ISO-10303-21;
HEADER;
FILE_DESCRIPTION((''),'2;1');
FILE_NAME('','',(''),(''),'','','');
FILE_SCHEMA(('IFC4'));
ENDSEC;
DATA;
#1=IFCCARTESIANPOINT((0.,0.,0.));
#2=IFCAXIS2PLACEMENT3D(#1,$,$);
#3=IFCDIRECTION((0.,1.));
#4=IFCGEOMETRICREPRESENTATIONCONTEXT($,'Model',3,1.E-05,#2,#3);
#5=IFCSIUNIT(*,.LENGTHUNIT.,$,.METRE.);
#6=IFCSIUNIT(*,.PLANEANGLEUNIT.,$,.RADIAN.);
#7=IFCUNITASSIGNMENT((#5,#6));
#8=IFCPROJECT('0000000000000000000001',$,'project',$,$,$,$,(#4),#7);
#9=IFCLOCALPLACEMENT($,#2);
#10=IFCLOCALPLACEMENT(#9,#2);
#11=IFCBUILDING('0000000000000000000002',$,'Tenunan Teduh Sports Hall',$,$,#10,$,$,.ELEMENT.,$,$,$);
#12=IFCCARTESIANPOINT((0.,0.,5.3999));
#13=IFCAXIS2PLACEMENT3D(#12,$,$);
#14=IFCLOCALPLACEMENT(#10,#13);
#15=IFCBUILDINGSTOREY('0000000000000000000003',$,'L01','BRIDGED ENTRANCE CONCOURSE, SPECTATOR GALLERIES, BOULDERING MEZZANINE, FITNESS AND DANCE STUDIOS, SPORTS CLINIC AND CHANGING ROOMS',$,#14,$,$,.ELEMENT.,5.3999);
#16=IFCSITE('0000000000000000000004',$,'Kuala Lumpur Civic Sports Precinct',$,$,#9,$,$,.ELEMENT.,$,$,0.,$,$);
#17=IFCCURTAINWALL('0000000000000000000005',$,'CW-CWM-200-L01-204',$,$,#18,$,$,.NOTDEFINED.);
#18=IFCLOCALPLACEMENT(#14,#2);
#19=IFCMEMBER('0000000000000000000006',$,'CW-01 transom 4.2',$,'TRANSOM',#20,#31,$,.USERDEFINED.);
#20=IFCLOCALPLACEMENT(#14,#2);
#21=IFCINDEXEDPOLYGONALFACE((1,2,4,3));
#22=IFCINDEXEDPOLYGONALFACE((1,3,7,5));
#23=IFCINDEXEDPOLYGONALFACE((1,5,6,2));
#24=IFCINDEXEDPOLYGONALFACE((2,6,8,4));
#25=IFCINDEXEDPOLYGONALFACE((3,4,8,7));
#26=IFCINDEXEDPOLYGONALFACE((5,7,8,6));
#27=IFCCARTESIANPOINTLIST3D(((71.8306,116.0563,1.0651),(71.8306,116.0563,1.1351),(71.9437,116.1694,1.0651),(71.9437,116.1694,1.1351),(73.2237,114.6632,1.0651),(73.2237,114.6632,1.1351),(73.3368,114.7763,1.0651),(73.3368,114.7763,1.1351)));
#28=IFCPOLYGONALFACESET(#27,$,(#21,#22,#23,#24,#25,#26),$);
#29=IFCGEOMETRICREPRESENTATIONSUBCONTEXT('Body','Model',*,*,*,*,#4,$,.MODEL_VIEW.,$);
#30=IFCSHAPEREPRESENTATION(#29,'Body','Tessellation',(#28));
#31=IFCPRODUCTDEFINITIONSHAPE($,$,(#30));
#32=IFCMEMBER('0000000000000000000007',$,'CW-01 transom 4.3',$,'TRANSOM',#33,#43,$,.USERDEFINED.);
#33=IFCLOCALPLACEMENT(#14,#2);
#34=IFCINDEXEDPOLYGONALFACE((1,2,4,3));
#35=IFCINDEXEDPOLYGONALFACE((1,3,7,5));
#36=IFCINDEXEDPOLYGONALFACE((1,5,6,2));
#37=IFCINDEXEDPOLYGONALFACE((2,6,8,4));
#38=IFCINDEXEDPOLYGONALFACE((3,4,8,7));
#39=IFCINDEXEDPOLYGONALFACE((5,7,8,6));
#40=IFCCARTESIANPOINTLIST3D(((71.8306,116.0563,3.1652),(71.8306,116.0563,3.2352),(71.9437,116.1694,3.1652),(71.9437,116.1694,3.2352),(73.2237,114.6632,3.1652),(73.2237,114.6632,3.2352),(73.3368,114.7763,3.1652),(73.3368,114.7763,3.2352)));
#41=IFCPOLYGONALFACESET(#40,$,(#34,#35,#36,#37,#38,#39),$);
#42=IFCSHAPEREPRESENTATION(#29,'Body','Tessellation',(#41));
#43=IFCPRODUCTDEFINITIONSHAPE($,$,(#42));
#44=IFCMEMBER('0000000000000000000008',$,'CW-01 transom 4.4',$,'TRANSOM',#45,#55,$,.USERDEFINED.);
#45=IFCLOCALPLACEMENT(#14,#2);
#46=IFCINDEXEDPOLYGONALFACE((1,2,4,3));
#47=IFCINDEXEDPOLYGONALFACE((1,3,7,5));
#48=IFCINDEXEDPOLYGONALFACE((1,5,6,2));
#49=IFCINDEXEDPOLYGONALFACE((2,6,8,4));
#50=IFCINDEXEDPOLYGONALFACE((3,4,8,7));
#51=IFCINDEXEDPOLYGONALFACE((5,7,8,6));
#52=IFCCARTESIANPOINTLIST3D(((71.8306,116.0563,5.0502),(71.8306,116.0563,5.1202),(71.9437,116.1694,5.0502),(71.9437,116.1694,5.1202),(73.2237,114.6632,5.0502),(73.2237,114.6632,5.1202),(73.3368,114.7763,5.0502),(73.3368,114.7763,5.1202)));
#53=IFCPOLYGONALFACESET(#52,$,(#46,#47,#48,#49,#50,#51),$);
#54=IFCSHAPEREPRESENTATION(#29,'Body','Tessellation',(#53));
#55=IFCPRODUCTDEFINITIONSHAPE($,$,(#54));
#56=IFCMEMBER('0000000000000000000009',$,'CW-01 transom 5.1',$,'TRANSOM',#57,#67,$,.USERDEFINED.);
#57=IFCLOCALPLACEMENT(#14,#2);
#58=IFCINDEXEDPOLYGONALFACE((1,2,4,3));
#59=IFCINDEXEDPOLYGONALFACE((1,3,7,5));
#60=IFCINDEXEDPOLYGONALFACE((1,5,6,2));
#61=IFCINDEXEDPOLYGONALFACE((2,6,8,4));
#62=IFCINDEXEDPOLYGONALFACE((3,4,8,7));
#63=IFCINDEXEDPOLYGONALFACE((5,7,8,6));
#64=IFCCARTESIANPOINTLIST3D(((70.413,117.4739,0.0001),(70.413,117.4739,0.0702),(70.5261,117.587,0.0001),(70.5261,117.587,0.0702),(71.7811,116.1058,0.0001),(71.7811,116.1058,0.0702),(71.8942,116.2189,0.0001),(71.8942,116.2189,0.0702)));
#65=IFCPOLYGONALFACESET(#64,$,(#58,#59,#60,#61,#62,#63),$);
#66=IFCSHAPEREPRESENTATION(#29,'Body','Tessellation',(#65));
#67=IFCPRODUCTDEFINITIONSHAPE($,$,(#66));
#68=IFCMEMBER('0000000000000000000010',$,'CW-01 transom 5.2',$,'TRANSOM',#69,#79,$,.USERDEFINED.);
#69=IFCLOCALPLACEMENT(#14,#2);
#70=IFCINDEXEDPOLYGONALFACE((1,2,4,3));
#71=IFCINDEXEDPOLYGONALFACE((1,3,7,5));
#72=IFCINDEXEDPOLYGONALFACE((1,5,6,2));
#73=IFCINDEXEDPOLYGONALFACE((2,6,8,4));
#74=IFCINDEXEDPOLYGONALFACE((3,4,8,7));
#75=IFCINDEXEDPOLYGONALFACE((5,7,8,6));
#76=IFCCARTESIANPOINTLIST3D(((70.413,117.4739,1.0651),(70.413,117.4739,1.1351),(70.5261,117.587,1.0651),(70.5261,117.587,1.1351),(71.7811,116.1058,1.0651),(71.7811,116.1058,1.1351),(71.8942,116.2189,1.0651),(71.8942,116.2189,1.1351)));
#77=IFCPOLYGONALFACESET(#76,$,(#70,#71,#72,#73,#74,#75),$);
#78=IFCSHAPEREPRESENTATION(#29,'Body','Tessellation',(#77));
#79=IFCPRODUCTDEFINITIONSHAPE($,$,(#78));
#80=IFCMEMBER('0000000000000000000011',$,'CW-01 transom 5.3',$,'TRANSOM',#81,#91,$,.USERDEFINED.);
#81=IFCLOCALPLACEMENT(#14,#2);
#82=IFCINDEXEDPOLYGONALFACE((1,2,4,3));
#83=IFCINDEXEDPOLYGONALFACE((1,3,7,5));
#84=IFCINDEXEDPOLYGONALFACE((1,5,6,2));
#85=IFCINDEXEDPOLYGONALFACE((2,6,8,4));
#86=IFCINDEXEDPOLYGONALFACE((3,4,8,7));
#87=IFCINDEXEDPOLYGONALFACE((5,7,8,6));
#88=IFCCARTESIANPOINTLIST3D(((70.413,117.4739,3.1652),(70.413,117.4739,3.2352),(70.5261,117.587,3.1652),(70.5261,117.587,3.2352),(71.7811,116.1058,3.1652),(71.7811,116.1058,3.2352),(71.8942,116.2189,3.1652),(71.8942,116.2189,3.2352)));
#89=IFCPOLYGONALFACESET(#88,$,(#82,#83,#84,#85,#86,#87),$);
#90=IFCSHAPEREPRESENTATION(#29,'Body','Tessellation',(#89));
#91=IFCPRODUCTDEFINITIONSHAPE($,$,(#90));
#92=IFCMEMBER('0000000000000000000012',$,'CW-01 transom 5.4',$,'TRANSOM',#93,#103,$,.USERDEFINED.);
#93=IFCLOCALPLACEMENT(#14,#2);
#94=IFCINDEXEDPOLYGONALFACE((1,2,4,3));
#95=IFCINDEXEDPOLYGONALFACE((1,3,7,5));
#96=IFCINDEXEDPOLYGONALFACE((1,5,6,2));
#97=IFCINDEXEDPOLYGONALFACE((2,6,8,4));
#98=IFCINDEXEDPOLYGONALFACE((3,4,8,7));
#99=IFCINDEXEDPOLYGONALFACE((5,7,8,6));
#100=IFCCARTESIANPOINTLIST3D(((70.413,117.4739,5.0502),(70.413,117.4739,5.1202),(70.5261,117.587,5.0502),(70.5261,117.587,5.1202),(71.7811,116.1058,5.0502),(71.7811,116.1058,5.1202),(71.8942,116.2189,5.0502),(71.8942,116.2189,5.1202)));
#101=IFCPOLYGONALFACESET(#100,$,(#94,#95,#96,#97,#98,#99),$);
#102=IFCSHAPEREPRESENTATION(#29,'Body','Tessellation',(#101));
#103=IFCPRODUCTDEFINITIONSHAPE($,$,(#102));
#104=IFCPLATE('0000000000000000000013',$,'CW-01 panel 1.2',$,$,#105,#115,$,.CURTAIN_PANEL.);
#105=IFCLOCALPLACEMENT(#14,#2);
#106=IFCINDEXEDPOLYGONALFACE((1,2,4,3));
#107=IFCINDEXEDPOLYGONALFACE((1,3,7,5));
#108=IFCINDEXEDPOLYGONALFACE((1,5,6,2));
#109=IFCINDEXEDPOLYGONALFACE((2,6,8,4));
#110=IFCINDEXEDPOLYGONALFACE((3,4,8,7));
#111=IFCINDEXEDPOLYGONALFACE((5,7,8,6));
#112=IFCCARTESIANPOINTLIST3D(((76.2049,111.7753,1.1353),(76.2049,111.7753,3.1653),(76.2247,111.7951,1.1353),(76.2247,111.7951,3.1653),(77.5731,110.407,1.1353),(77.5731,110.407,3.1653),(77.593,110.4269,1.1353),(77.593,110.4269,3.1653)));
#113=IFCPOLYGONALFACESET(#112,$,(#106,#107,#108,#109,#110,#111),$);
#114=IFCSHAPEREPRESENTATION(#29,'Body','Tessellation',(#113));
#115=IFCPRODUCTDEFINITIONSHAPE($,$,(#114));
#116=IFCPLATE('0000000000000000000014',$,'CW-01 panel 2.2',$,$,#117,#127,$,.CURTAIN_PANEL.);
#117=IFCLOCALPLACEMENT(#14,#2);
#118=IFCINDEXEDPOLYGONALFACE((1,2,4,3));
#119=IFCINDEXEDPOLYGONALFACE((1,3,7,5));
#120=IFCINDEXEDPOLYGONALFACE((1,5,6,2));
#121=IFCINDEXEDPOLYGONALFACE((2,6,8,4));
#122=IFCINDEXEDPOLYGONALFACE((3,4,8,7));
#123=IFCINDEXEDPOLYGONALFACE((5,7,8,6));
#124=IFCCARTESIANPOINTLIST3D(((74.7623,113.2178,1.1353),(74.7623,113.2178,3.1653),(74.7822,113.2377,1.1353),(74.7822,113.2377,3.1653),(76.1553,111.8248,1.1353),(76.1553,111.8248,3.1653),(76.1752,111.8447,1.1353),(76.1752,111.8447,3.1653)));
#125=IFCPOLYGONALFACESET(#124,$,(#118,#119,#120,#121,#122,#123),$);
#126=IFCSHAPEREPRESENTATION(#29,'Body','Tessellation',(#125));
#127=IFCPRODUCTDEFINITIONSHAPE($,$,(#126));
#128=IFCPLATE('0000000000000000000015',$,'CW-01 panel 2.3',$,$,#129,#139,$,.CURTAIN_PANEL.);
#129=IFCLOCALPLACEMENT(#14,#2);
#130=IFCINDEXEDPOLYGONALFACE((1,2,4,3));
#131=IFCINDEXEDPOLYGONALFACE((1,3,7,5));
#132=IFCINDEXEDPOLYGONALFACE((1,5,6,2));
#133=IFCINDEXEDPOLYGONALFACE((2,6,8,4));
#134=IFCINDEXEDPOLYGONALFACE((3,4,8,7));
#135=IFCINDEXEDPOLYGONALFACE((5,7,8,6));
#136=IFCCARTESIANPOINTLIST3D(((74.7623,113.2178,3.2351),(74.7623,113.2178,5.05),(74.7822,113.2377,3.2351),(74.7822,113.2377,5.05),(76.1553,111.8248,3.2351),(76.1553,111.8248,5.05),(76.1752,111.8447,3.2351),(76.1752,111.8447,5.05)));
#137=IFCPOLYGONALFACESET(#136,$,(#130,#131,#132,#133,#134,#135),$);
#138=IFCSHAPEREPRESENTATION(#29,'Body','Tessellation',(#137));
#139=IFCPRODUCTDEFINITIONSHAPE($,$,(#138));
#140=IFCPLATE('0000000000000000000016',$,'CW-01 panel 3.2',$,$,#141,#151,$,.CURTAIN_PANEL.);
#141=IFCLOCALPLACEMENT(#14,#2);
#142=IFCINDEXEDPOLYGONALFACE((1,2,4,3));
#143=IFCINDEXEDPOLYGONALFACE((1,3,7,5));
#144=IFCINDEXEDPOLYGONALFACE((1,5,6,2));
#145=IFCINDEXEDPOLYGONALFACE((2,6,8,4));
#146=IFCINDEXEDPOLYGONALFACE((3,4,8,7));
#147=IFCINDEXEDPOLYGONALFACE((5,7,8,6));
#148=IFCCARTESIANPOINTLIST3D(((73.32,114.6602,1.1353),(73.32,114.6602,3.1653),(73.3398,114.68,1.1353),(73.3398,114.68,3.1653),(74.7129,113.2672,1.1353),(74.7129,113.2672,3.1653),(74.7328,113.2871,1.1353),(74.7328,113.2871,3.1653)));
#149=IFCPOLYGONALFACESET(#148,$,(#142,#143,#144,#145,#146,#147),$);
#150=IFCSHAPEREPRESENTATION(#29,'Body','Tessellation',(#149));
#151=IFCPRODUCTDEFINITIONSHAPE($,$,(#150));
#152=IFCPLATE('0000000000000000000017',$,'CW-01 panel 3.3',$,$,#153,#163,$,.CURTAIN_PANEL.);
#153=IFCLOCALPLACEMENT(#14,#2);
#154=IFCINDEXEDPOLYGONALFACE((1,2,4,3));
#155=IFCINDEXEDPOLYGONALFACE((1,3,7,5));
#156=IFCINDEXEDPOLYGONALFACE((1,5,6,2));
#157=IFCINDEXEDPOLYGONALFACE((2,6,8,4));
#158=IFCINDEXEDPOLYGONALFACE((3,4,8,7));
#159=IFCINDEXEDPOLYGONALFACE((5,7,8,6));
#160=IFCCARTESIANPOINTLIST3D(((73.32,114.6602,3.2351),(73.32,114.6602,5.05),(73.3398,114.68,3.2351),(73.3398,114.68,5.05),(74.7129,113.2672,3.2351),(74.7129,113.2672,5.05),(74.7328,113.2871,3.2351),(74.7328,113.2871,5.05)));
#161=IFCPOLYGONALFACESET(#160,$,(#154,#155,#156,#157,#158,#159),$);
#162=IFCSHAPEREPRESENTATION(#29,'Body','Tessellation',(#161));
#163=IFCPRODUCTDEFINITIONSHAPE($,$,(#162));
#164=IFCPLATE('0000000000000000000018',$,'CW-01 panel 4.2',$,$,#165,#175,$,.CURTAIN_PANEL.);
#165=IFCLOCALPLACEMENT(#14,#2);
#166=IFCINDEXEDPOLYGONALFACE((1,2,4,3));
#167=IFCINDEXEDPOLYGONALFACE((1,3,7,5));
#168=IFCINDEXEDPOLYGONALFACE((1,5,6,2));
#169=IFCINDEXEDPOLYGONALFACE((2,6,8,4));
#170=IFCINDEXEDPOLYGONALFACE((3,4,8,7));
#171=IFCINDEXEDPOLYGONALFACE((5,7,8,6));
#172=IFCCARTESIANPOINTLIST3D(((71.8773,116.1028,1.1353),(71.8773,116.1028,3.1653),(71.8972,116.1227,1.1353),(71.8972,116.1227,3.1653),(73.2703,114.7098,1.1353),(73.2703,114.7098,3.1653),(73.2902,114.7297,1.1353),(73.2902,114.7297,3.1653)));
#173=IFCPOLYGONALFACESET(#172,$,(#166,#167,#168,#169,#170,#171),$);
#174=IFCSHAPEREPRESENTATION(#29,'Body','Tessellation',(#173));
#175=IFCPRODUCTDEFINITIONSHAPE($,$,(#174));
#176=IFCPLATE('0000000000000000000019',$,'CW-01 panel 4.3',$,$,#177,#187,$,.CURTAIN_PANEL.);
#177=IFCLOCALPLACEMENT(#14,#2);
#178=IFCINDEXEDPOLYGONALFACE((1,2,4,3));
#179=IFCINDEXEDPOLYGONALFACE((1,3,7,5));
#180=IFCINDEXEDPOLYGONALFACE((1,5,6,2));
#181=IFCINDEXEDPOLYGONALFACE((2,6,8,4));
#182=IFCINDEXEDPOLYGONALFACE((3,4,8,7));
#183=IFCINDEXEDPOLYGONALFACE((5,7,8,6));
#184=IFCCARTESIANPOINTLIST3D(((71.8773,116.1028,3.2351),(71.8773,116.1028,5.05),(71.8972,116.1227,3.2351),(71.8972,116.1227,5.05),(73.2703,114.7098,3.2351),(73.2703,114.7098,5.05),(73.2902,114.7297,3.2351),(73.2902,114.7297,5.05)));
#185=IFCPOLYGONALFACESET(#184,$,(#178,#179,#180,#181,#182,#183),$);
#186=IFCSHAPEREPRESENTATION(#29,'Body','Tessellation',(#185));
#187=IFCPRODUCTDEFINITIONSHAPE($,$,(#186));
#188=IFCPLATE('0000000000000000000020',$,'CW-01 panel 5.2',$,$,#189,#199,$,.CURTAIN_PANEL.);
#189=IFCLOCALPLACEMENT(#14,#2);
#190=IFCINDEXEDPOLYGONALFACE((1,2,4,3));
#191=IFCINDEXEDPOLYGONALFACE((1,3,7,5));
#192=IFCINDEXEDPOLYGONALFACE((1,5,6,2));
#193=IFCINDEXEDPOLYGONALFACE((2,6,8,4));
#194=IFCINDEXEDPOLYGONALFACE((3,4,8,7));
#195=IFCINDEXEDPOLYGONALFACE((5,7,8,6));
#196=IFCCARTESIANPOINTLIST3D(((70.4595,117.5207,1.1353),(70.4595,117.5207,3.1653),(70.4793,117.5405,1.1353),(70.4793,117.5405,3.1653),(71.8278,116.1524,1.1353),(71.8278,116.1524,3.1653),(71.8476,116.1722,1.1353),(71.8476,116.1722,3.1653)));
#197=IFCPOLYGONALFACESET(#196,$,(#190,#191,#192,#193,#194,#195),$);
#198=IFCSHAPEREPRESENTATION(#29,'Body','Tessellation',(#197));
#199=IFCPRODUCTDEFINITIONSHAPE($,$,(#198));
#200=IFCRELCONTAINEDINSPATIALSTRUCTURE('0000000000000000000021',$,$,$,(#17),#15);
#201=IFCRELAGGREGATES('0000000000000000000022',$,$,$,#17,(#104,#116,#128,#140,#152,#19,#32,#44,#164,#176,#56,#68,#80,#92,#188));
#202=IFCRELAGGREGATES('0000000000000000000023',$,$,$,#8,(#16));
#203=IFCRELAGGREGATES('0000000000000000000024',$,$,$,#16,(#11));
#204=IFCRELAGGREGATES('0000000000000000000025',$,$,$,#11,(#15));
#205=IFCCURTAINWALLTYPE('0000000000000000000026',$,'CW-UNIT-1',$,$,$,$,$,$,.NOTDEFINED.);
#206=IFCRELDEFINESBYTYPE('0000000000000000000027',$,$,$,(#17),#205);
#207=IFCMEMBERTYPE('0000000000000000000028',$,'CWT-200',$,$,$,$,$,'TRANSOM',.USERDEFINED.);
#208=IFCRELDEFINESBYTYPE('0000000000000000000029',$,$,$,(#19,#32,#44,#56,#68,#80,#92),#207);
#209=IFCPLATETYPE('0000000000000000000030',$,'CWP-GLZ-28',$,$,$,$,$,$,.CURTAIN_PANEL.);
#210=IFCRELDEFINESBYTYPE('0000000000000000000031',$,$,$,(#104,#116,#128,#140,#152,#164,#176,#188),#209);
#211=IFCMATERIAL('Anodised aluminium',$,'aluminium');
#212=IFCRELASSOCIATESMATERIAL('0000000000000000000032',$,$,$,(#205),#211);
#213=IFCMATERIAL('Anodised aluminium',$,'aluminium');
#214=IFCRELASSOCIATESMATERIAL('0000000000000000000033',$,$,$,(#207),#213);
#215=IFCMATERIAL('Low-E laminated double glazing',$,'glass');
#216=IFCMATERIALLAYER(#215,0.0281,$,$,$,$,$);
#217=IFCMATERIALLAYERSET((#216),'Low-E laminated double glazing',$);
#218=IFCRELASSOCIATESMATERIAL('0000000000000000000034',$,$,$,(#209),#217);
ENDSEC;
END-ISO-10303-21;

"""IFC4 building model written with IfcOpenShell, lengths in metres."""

from ifc_helpers import new_model, si_unit, direction, frame, origin, origin_2d, place, context, subcontext, project, spatial, rectangle, extrude, material, layer, layer_set, material_profile, profile_set, type_object, element, aggregate, save


model = new_model("IFC4")

# Units and contexts
model_context = context("Model", 3, precision=1e-05, world=origin(), true_north=direction((0.0, 1.0)))
body_context = subcontext(model_context, "Body", "Model", "MODEL_VIEW")
ifc_project = project(units=[si_unit("LENGTHUNIT", "METRE"), si_unit("PLANEANGLEUNIT", "RADIAN")], contexts=[model_context])

# Site, building, storey
site_placement = place(None, origin())
site = spatial("IfcSite", under=ifc_project, at=site_placement, Name="Kuala Lumpur Civic Sports Precinct", CompositionType="ELEMENT", RefElevation=0.0)
building_placement = place(site_placement, origin())
building = spatial("IfcBuilding", under=site, at=building_placement, Name="Tenunan Teduh Sports Hall", CompositionType="ELEMENT")
storey_placement = place(building_placement, frame((0.0, 0.0, 5.3999)))
storey = spatial("IfcBuildingStorey", under=building, at=storey_placement, Name="L01", Description="BRIDGED ENTRANCE CONCOURSE, SPECTATOR GALLERIES, BOULDERING MEZZANINE, FITNESS AND DANCE STUDIOS, SPORTS CLINIC AND CHANGING ROOMS", CompositionType="ELEMENT", Elevation=5.3999)

# Curtain wall, members, plates
ifc_material_1 = material(Name="Anodised aluminium", Category="aluminium")
curtain_wall_type = type_object("IfcCurtainWallType", Name="CW-UNIT-1", PredefinedType="NOTDEFINED", material=ifc_material_1)
curtain_wall_placement = place(storey_placement, origin())
curtain_wall = element("IfcCurtainWall", 1, at=curtain_wall_placement, inside=storey, type_object=curtain_wall_type, Name="CW-CWM-200-L01-204", PredefinedType="NOTDEFINED")
ifc_material_2 = material(Name="Anodised aluminium", Category="aluminium")
ifc_material_profile_1 = material_profile(ifc_material_2, rectangle(XDim=0.0701, YDim=0.1599, at=origin_2d()), Name="CWT 70x160")
ifc_profile_set_1 = profile_set([ifc_material_profile_1], Name="Anodised aluminium")
member_type_1 = type_object("IfcMemberType", Name="CWT-200", ElementType="TRANSOM", PredefinedType="USERDEFINED", material=ifc_profile_set_1)
member_1_placement = place(storey_placement, frame((73.2803, 114.7197, 1.1001), z_axis=(-0.707107, 0.707107, 0.0), x_axis=(0.0, 0.0, 1.0)))
member_1 = element("IfcMember", 2, at=member_1_placement, type_object=member_type_1, Name="CW-01 transom 4.2", ObjectType="TRANSOM", PredefinedType="USERDEFINED", context=body_context, shape_type="SweptSolid", body=[
    extrude(rectangle(XDim=0.0701, YDim=0.1599, at=origin_2d()), origin(), (0.0, 0.0, 1.0), 1.9702),
])
member_2_placement = place(storey_placement, frame((73.2803, 114.7197, 3.2002), z_axis=(-0.707107, 0.707107, 0.0), x_axis=(0.0, 0.0, 1.0)))
member_2 = element("IfcMember", 3, at=member_2_placement, type_object=member_type_1, Name="CW-01 transom 4.3", ObjectType="TRANSOM", PredefinedType="USERDEFINED", context=body_context, shape_type="SweptSolid", body=[
    extrude(rectangle(XDim=0.0701, YDim=0.1599, at=origin_2d()), origin(), (0.0, 0.0, 1.0), 1.9702),
])
member_3_placement = place(storey_placement, frame((73.2803, 114.7197, 5.0852), z_axis=(-0.707107, 0.707107, 0.0), x_axis=(0.0, 0.0, 1.0)))
member_3 = element("IfcMember", 4, at=member_3_placement, type_object=member_type_1, Name="CW-01 transom 4.4", ObjectType="TRANSOM", PredefinedType="USERDEFINED", context=body_context, shape_type="SweptSolid", body=[
    extrude(rectangle(XDim=0.0701, YDim=0.1599, at=origin_2d()), origin(), (0.0, 0.0, 1.0), 1.9702),
])
member_4_placement = place(storey_placement, frame((71.8376, 116.1624, 0.0352), z_axis=(-0.707107, 0.707107, 0.0), x_axis=(0.0, 0.0, 1.0)))
member_4 = element("IfcMember", 5, at=member_4_placement, type_object=member_type_1, Name="CW-01 transom 5.1", ObjectType="TRANSOM", PredefinedType="USERDEFINED", context=body_context, shape_type="SweptSolid", body=[
    extrude(rectangle(XDim=0.0701, YDim=0.1599, at=origin_2d()), origin(), (0.0, 0.0, 1.0), 1.9348),
])
member_5_placement = place(storey_placement, frame((71.8376, 116.1624, 1.1001), z_axis=(-0.707107, 0.707107, 0.0), x_axis=(0.0, 0.0, 1.0)))
member_5 = element("IfcMember", 6, at=member_5_placement, type_object=member_type_1, Name="CW-01 transom 5.2", ObjectType="TRANSOM", PredefinedType="USERDEFINED", context=body_context, shape_type="SweptSolid", body=[
    extrude(rectangle(XDim=0.0701, YDim=0.1599, at=origin_2d()), origin(), (0.0, 0.0, 1.0), 1.9348),
])
member_6_placement = place(storey_placement, frame((71.8376, 116.1624, 3.2002), z_axis=(-0.707107, 0.707107, 0.0), x_axis=(0.0, 0.0, 1.0)))
member_6 = element("IfcMember", 7, at=member_6_placement, type_object=member_type_1, Name="CW-01 transom 5.3", ObjectType="TRANSOM", PredefinedType="USERDEFINED", context=body_context, shape_type="SweptSolid", body=[
    extrude(rectangle(XDim=0.0701, YDim=0.1599, at=origin_2d()), origin(), (0.0, 0.0, 1.0), 1.9348),
])
member_7_placement = place(storey_placement, frame((71.8376, 116.1624, 5.0852), z_axis=(-0.707107, 0.707107, 0.0), x_axis=(0.0, 0.0, 1.0)))
member_7 = element("IfcMember", 8, at=member_7_placement, type_object=member_type_1, Name="CW-01 transom 5.4", ObjectType="TRANSOM", PredefinedType="USERDEFINED", context=body_context, shape_type="SweptSolid", body=[
    extrude(rectangle(XDim=0.0701, YDim=0.1599, at=origin_2d()), origin(), (0.0, 0.0, 1.0), 1.9348),
])
ifc_material_3 = material(Name="Low-E laminated double glazing", Category="glass")
ifc_layer_1 = layer(ifc_material_3, 0.0281)
ifc_layer_set_1 = layer_set([ifc_layer_1], Name="Low-E laminated double glazing")
plate_type_1 = type_object("IfcPlateType", Name="CWP-GLZ-28", PredefinedType="CURTAIN_PANEL", material=ifc_layer_set_1)
plate_1_placement = place(storey_placement, frame((76.8989, 111.1011, 1.1353), z_axis=(0.0, 0.0, 1.0), x_axis=(-0.707107, 0.707107, 0.0)))
plate_1 = element("IfcPlate", 9, at=plate_1_placement, type_object=plate_type_1, Name="CW-01 panel 1.2", PredefinedType="CURTAIN_PANEL", context=body_context, shape_type="SweptSolid", body=[
    extrude(rectangle(XDim=1.9351, YDim=0.0281, at=origin_2d()), origin(), (0.0, 0.0, 1.0), 2.03),
])
plate_2_placement = place(storey_placement, frame((75.4688, 112.5312, 1.1353), z_axis=(0.0, 0.0, 1.0), x_axis=(-0.707107, 0.707107, 0.0)))
plate_2 = element("IfcPlate", 10, at=plate_2_placement, type_object=plate_type_1, Name="CW-01 panel 2.2", PredefinedType="CURTAIN_PANEL", context=body_context, shape_type="SweptSolid", body=[
    extrude(rectangle(XDim=1.97, YDim=0.0281, at=origin_2d()), origin(), (0.0, 0.0, 1.0), 2.03),
])
plate_3_placement = place(storey_placement, frame((75.4688, 112.5312, 3.2351), z_axis=(0.0, 0.0, 1.0), x_axis=(-0.707107, 0.707107, 0.0)))
plate_3 = element("IfcPlate", 11, at=plate_3_placement, type_object=plate_type_1, Name="CW-01 panel 2.3", PredefinedType="CURTAIN_PANEL", context=body_context, shape_type="SweptSolid", body=[
    extrude(rectangle(XDim=1.97, YDim=0.0281, at=origin_2d()), origin(), (0.0, 0.0, 1.0), 1.8149),
])
plate_4_placement = place(storey_placement, frame((74.0264, 113.9736, 1.1353), z_axis=(0.0, 0.0, 1.0), x_axis=(-0.707107, 0.707107, 0.0)))
plate_4 = element("IfcPlate", 12, at=plate_4_placement, type_object=plate_type_1, Name="CW-01 panel 3.2", PredefinedType="CURTAIN_PANEL", context=body_context, shape_type="SweptSolid", body=[
    extrude(rectangle(XDim=1.97, YDim=0.0281, at=origin_2d()), origin(), (0.0, 0.0, 1.0), 2.03),
])
plate_5_placement = place(storey_placement, frame((74.0264, 113.9736, 3.2351), z_axis=(0.0, 0.0, 1.0), x_axis=(-0.707107, 0.707107, 0.0)))
plate_5 = element("IfcPlate", 13, at=plate_5_placement, type_object=plate_type_1, Name="CW-01 panel 3.3", PredefinedType="CURTAIN_PANEL", context=body_context, shape_type="SweptSolid", body=[
    extrude(rectangle(XDim=1.97, YDim=0.0281, at=origin_2d()), origin(), (0.0, 0.0, 1.0), 1.8149),
])
plate_6_placement = place(storey_placement, frame((72.5837, 115.4163, 1.1353), z_axis=(0.0, 0.0, 1.0), x_axis=(-0.707107, 0.707107, 0.0)))
plate_6 = element("IfcPlate", 14, at=plate_6_placement, type_object=plate_type_1, Name="CW-01 panel 4.2", PredefinedType="CURTAIN_PANEL", context=body_context, shape_type="SweptSolid", body=[
    extrude(rectangle(XDim=1.97, YDim=0.0281, at=origin_2d()), origin(), (0.0, 0.0, 1.0), 2.03),
])
plate_7_placement = place(storey_placement, frame((72.5837, 115.4163, 3.2351), z_axis=(0.0, 0.0, 1.0), x_axis=(-0.707107, 0.707107, 0.0)))
plate_7 = element("IfcPlate", 15, at=plate_7_placement, type_object=plate_type_1, Name="CW-01 panel 4.3", PredefinedType="CURTAIN_PANEL", context=body_context, shape_type="SweptSolid", body=[
    extrude(rectangle(XDim=1.97, YDim=0.0281, at=origin_2d()), origin(), (0.0, 0.0, 1.0), 1.8149),
])
plate_8_placement = place(storey_placement, frame((71.1536, 116.8464, 1.1353), z_axis=(0.0, 0.0, 1.0), x_axis=(-0.707107, 0.707107, 0.0)))
plate_8 = element("IfcPlate", 16, at=plate_8_placement, type_object=plate_type_1, Name="CW-01 panel 5.2", PredefinedType="CURTAIN_PANEL", context=body_context, shape_type="SweptSolid", body=[
    extrude(rectangle(XDim=1.9351, YDim=0.0281, at=origin_2d()), origin(), (0.0, 0.0, 1.0), 2.03),
])
aggregate(curtain_wall, [plate_1, plate_2, plate_3, plate_4, plate_5, member_1, member_2, member_3, plate_6, plate_7, member_4, member_5, member_6, member_7, plate_8])

save(model, "model.ifc")
